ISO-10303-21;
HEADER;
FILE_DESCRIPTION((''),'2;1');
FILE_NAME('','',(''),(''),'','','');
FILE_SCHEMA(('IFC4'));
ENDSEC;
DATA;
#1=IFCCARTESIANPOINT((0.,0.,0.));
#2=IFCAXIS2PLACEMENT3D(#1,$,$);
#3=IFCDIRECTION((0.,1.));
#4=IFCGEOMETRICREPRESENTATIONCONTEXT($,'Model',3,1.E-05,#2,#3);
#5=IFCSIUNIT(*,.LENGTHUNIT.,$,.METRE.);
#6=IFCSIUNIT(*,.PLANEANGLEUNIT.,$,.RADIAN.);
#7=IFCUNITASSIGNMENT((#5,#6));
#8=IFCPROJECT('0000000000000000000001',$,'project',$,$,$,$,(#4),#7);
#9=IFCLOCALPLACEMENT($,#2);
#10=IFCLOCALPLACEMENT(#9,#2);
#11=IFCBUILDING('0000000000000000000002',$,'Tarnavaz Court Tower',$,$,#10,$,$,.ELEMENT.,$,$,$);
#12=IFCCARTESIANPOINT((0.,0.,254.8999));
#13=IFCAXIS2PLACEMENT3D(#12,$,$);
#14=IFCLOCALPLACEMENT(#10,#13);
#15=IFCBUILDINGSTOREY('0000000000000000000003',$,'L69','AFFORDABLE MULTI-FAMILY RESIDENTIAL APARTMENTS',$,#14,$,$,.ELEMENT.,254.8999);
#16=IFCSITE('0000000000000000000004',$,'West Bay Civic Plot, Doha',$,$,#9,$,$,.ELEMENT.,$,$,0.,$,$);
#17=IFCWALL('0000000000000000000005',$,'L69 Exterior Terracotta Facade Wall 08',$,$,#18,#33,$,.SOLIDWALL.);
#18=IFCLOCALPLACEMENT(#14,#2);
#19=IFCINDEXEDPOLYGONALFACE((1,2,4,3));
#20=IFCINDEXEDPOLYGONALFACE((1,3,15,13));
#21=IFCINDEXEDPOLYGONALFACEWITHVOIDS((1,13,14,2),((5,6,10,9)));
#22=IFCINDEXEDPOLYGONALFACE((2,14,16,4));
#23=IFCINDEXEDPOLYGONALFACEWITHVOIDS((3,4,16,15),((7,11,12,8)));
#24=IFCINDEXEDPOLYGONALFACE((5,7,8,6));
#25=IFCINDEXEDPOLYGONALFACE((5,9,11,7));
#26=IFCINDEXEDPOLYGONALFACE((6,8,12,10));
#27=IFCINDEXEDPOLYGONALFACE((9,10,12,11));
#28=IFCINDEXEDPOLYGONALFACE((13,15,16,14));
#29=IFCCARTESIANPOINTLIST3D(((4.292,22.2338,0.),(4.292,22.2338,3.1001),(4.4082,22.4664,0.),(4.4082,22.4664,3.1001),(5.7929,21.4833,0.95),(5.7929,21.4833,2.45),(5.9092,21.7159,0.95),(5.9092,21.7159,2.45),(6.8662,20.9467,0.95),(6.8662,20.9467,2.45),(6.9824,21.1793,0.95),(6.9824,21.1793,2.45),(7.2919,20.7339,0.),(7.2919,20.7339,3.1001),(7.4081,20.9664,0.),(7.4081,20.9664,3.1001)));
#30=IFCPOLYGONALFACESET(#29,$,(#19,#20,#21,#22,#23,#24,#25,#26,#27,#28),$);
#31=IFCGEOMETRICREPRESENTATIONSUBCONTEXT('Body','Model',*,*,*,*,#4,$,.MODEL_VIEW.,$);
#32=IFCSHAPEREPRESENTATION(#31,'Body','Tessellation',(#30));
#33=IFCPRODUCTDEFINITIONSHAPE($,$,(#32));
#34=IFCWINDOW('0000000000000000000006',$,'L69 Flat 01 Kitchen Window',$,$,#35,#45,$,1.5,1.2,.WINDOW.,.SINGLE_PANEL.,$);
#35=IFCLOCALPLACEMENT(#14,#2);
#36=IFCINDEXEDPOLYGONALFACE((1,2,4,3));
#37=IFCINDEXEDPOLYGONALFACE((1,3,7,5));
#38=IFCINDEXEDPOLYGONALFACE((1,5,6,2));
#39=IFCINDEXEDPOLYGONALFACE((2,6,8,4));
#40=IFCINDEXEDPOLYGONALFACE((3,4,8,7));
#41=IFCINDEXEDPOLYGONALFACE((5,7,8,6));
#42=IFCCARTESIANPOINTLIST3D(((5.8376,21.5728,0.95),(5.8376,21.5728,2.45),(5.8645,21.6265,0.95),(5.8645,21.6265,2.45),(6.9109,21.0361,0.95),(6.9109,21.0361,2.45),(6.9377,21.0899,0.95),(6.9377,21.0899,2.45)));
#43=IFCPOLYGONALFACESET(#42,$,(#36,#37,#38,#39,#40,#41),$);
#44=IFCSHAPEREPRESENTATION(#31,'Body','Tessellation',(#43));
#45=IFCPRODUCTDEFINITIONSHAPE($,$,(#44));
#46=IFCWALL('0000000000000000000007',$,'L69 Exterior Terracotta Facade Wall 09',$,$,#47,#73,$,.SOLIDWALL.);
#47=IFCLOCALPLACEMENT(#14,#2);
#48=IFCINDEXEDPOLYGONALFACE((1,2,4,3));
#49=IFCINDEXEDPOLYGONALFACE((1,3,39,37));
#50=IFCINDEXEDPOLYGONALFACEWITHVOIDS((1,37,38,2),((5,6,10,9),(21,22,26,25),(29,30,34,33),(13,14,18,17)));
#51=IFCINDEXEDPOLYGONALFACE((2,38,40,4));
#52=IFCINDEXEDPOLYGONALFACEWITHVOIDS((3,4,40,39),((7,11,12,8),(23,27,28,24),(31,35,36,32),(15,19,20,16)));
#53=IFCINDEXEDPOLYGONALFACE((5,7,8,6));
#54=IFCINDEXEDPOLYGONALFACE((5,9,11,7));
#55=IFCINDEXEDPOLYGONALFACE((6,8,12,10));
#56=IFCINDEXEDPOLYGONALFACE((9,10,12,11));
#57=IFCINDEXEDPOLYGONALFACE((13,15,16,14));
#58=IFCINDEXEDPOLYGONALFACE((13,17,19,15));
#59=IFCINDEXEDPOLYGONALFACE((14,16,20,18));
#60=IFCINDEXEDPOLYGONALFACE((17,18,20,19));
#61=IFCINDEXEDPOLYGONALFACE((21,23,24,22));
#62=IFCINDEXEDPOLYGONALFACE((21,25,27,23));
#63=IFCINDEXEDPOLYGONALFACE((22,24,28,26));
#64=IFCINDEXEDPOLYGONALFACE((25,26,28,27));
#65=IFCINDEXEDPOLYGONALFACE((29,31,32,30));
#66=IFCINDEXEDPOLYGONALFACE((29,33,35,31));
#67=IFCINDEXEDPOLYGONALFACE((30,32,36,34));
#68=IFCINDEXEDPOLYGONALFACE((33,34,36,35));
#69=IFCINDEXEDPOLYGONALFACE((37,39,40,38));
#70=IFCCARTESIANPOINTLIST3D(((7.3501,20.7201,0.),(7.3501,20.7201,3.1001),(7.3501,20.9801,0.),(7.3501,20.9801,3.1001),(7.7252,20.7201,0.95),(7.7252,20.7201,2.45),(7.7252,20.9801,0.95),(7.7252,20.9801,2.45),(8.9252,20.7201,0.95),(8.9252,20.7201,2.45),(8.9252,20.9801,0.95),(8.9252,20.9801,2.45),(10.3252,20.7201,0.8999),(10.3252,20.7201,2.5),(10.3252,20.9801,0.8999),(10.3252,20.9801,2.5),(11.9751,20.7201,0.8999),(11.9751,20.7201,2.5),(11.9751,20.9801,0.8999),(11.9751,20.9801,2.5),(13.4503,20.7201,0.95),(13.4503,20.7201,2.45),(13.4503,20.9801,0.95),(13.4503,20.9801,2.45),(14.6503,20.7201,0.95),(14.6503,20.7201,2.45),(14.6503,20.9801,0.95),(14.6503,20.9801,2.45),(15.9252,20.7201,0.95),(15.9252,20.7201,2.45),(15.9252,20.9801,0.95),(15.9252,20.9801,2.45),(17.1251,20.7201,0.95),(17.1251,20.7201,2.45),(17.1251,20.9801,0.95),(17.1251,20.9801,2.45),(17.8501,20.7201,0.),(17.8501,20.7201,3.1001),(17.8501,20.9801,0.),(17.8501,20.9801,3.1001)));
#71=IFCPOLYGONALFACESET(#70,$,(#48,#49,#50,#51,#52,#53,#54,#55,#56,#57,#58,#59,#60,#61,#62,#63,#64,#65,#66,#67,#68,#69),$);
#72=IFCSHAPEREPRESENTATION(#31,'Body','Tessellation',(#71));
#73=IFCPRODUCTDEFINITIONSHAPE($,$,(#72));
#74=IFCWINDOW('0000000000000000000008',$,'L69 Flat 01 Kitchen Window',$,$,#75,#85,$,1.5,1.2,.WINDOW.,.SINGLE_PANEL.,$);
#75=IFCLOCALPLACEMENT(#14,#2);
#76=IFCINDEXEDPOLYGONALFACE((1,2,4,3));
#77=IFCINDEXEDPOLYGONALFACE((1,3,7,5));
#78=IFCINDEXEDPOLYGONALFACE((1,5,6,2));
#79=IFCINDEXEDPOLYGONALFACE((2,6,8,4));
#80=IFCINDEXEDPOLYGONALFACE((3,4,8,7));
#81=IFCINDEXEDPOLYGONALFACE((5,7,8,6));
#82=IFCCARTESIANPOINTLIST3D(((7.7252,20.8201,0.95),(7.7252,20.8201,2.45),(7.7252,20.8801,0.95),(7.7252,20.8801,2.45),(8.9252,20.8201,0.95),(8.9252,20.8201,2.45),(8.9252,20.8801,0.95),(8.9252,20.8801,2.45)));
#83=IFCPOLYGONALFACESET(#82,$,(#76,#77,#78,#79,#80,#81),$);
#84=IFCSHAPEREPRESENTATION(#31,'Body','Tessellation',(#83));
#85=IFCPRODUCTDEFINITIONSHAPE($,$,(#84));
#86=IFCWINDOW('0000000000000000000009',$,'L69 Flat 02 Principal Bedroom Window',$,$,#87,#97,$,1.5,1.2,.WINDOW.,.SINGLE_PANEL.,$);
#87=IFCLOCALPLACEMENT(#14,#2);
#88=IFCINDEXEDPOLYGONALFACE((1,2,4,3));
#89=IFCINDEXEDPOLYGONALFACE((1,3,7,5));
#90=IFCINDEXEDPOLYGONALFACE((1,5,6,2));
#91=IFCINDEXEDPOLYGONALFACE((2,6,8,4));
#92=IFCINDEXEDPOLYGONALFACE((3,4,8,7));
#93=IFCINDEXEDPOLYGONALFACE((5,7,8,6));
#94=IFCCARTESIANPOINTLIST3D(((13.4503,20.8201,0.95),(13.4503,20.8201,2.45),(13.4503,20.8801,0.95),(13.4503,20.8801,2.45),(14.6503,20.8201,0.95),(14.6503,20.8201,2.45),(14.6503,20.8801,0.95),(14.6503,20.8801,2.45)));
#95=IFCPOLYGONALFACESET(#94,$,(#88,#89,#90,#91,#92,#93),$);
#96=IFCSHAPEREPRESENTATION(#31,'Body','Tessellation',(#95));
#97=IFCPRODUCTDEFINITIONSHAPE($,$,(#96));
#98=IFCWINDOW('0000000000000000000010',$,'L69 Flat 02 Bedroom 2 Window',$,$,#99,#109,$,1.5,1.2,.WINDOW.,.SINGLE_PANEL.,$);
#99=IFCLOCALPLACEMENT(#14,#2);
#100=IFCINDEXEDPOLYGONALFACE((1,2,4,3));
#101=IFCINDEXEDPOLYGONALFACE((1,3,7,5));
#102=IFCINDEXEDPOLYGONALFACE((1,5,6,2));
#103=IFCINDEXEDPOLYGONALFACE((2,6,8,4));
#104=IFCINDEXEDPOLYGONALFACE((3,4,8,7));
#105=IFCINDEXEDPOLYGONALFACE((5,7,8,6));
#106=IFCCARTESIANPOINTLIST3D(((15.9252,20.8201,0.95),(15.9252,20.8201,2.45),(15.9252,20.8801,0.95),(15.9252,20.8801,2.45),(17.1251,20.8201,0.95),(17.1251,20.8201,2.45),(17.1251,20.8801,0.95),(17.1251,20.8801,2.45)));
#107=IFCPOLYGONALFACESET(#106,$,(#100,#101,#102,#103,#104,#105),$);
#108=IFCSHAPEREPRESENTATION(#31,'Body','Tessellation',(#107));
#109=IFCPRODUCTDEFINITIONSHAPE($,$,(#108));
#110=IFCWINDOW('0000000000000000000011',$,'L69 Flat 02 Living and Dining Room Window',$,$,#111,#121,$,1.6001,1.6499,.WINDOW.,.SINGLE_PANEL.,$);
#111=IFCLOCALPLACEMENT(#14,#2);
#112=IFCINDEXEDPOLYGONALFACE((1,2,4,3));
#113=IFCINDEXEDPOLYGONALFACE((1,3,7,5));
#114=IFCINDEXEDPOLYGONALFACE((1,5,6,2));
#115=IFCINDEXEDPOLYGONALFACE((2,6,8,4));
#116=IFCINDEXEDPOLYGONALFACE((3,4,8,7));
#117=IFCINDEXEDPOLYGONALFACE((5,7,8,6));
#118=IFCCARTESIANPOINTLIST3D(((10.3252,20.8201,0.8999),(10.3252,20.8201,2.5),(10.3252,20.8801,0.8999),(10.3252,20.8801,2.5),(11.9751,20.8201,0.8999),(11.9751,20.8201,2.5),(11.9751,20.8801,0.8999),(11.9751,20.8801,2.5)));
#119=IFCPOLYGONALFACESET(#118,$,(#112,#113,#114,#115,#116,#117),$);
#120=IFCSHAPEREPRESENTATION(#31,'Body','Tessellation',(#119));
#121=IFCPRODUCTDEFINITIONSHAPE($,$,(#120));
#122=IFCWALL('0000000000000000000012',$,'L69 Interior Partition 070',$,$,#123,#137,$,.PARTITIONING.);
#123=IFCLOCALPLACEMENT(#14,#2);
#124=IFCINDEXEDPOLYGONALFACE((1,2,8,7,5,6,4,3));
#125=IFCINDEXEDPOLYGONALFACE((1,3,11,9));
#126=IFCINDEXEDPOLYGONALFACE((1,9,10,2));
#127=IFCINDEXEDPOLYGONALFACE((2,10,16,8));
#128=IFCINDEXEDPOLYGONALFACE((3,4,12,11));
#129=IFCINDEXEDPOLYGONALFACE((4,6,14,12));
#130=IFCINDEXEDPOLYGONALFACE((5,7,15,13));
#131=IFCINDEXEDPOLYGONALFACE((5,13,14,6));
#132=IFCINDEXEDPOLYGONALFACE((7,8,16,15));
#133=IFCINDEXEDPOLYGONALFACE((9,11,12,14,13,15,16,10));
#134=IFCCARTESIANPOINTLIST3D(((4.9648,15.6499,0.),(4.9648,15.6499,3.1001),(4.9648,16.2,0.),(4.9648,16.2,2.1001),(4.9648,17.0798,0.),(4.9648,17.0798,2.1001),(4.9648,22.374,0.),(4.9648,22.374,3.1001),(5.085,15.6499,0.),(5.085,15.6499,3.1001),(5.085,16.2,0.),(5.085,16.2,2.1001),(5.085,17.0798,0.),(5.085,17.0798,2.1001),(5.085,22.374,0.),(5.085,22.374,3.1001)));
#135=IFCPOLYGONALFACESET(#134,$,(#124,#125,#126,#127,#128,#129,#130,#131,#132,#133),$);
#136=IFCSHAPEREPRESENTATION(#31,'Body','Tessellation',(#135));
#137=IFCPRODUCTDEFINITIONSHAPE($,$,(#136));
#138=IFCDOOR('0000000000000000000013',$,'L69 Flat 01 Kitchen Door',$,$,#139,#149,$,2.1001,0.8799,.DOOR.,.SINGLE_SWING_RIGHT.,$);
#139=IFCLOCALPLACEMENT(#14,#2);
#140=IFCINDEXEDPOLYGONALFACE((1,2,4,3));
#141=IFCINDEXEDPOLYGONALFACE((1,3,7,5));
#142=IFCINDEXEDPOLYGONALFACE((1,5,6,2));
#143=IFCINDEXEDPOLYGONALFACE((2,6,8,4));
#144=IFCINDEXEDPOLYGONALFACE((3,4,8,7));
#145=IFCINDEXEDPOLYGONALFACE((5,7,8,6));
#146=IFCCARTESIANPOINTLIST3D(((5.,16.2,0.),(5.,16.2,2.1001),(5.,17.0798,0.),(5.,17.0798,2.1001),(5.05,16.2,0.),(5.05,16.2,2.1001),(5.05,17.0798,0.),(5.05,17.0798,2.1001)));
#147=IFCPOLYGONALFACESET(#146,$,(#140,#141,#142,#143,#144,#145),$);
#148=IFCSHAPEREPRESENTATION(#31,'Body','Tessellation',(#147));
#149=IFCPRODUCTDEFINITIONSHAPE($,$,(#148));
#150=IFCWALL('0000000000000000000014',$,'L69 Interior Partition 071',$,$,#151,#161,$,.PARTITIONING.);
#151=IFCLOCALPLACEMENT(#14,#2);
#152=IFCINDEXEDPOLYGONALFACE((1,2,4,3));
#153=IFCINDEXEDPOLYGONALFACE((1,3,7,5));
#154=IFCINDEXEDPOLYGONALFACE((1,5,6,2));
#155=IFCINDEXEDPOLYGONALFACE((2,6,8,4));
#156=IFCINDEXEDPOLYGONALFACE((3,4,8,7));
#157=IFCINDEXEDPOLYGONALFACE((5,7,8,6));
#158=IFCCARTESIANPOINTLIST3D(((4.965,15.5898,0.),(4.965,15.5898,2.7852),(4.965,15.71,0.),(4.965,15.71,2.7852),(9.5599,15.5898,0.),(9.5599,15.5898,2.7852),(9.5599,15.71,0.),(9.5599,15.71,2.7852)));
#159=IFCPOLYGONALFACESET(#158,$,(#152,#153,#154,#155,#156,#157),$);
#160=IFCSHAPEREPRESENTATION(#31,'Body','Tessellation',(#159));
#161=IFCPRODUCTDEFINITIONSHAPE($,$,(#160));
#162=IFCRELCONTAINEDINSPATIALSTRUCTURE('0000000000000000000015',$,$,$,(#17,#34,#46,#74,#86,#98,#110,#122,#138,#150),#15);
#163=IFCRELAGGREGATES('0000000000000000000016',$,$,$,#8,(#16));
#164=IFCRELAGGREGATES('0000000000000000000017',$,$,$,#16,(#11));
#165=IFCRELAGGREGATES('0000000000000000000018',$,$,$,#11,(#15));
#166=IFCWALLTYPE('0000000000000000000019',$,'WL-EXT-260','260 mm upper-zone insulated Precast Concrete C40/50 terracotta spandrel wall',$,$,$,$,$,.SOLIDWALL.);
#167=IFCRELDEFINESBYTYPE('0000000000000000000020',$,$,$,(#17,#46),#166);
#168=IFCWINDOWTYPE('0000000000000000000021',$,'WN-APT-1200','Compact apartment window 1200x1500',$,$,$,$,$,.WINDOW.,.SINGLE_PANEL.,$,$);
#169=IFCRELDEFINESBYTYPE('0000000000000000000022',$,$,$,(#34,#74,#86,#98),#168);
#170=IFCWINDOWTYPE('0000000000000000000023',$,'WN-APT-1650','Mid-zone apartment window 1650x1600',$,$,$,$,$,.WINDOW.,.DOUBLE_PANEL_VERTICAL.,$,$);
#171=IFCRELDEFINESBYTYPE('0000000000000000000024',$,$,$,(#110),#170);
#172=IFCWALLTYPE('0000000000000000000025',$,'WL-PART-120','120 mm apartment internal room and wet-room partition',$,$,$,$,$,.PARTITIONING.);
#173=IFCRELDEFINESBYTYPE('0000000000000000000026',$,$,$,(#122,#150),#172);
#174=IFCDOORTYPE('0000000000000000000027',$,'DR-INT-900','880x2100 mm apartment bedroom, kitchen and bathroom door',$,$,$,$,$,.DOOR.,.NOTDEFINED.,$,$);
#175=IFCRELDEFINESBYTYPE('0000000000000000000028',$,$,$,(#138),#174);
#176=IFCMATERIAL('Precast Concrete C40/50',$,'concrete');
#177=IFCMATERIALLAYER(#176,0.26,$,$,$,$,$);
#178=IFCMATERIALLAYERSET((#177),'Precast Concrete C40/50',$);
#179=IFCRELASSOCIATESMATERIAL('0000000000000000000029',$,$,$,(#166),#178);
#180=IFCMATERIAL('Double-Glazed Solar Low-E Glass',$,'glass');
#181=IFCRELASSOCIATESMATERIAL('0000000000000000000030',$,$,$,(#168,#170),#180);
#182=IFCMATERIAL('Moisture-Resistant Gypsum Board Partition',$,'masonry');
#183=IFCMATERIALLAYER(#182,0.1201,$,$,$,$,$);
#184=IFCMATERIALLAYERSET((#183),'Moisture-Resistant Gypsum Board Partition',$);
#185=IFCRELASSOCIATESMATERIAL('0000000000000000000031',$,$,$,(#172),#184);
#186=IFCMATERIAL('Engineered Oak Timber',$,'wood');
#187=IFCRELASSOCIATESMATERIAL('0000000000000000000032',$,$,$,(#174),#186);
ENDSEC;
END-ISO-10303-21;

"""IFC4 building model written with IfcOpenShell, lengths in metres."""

from ifc_helpers import new_model, si_unit, direction, frame, frame_2d, origin, place, context, subcontext, project, spatial, rectangle, extrude, material, layer, layer_set, type_object, element, fill, save


model = new_model("IFC4")

# Units and contexts
model_context = context("Model", 3, precision=1e-05, world=origin(), true_north=direction((0.0, 1.0)))
body_context = subcontext(model_context, "Body", "Model", "MODEL_VIEW")
ifc_project = project(units=[si_unit("LENGTHUNIT", "METRE"), si_unit("PLANEANGLEUNIT", "RADIAN")], contexts=[model_context])

# Site, building, storey
site_placement = place(None, origin())
site = spatial("IfcSite", under=ifc_project, at=site_placement, Name="West Bay Civic Plot, Doha", CompositionType="ELEMENT", RefElevation=0.0)
building_placement = place(site_placement, origin())
building = spatial("IfcBuilding", under=site, at=building_placement, Name="Tarnavaz Court Tower", CompositionType="ELEMENT")
storey_placement = place(building_placement, frame((0.0, 0.0, 254.8999)))
storey = spatial("IfcBuildingStorey", under=building, at=storey_placement, Name="L69", Description="AFFORDABLE MULTI-FAMILY RESIDENTIAL APARTMENTS", CompositionType="ELEMENT", Elevation=254.8999)

# Shared definitions
ifc_material_1 = material(Name="Double-Glazed Solar Low-E Glass", Category="glass")

# Wall, opening, window
ifc_material_2 = material(Name="Precast Concrete C40/50", Category="concrete")
ifc_layer_1 = layer(ifc_material_2, 0.26)
ifc_layer_set_1 = layer_set([ifc_layer_1], Name="Precast Concrete C40/50")
wall_type_1 = type_object("IfcWallType", Name="WL-EXT-260", Description="260 mm upper-zone insulated Precast Concrete C40/50 terracotta spandrel wall", PredefinedType="SOLIDWALL", material=ifc_layer_set_1)
wall_1_placement = place(storey_placement, frame((4.3501, 22.3501, 0.0), z_axis=(0.0, 0.0, 1.0), x_axis=(0.894427, -0.447214, 0.0)))
wall_1 = element("IfcWall", 1, at=wall_1_placement, inside=storey, type_object=wall_type_1, Name="L69 Exterior Terracotta Facade Wall 08", PredefinedType="SOLIDWALL", context=body_context, shape_type="SweptSolid", body=[
    extrude(rectangle(XDim=3.354, YDim=0.26, at=frame_2d((1.677, 0.0))), origin(), (0.0, 0.0, 1.0), 3.1001),
])
opening_1_placement = place(wall_1_placement, frame((1.678, 0.0, 0.95)))
opening_1 = element("IfcOpeningElement", 2, at=opening_1_placement, cuts=wall_1, PredefinedType="OPENING", context=body_context, shape_type="SweptSolid", body=[
    extrude(rectangle(XDim=1.2, YDim=1.5, at=frame_2d((0.6001, 0.75))), frame((0.0, 0.1399, 0.0), z_axis=(0.0, -1.0, 0.0), x_axis=(1.0, 0.0, 0.0)), (0.0, 0.0, 1.0), 0.28),
])
window_type_1 = type_object("IfcWindowType", Name="WN-APT-1200", Description="Compact apartment window 1200x1500", PartitioningType="SINGLE_PANEL", PredefinedType="WINDOW", material=ifc_material_1)
window_1_placement = place(opening_1_placement, origin())
window_1 = element("IfcWindow", 3, at=window_1_placement, inside=storey, type_object=window_type_1, Name="L69 Flat 01 Kitchen Window", OverallHeight=1.5, OverallWidth=1.2, PartitioningType="SINGLE_PANEL", PredefinedType="WINDOW", context=body_context, shape_type="SweptSolid", body=[
    extrude(rectangle(XDim=1.2, YDim=1.5, at=frame_2d((0.6001, 0.75))), frame((0.0, 0.03, 0.0), z_axis=(0.0, -1.0, 0.0), x_axis=(1.0, 0.0, 0.0)), (0.0, 0.0, 1.0), 0.0601),
])
fill(opening_1, window_1)

# Wall, openings, windows
wall_2_placement = place(storey_placement, frame((7.3501, 20.8501, 0.0), z_axis=(0.0, 0.0, 1.0), x_axis=(1.0, 0.0, 0.0)))
wall_2 = element("IfcWall", 4, at=wall_2_placement, inside=storey, type_object=wall_type_1, Name="L69 Exterior Terracotta Facade Wall 09", PredefinedType="SOLIDWALL", context=body_context, shape_type="SweptSolid", body=[
    extrude(rectangle(XDim=10.5, YDim=0.26, at=frame_2d((5.25, 0.0))), origin(), (0.0, 0.0, 1.0), 3.1001),
])
opening_2_placement = place(wall_2_placement, frame((0.375, 0.0, 0.95)))
opening_2 = element("IfcOpeningElement", 5, at=opening_2_placement, cuts=wall_2, PredefinedType="OPENING", context=body_context, shape_type="SweptSolid", body=[
    extrude(rectangle(XDim=1.2, YDim=1.5, at=frame_2d((0.6001, 0.75))), frame((0.0, 0.1399, 0.0), z_axis=(0.0, -1.0, 0.0), x_axis=(1.0, 0.0, 0.0)), (0.0, 0.0, 1.0), 0.28),
])
opening_3_placement = place(wall_2_placement, frame((2.9751, 0.0, 0.8999)))
opening_3 = element("IfcOpeningElement", 6, at=opening_3_placement, cuts=wall_2, PredefinedType="OPENING", context=body_context, shape_type="SweptSolid", body=[
    extrude(rectangle(XDim=1.6499, YDim=1.6001, at=frame_2d((0.825, 0.8))), frame((0.0, 0.1399, 0.0), z_axis=(0.0, -1.0, 0.0), x_axis=(1.0, 0.0, 0.0)), (0.0, 0.0, 1.0), 0.28),
])
opening_4_placement = place(wall_2_placement, frame((6.1001, 0.0, 0.95)))
opening_4 = element("IfcOpeningElement", 7, at=opening_4_placement, cuts=wall_2, PredefinedType="OPENING", context=body_context, shape_type="SweptSolid", body=[
    extrude(rectangle(XDim=1.2, YDim=1.5, at=frame_2d((0.6001, 0.75))), frame((0.0, 0.1399, 0.0), z_axis=(0.0, -1.0, 0.0), x_axis=(1.0, 0.0, 0.0)), (0.0, 0.0, 1.0), 0.28),
])
opening_5_placement = place(wall_2_placement, frame((8.575, 0.0, 0.95)))
opening_5 = element("IfcOpeningElement", 8, at=opening_5_placement, cuts=wall_2, PredefinedType="OPENING", context=body_context, shape_type="SweptSolid", body=[
    extrude(rectangle(XDim=1.2, YDim=1.5, at=frame_2d((0.6001, 0.75))), frame((0.0, 0.1399, 0.0), z_axis=(0.0, -1.0, 0.0), x_axis=(1.0, 0.0, 0.0)), (0.0, 0.0, 1.0), 0.28),
])
window_2_placement = place(opening_2_placement, origin())
window_2 = element("IfcWindow", 9, at=window_2_placement, inside=storey, type_object=window_type_1, Name="L69 Flat 01 Kitchen Window", OverallHeight=1.5, OverallWidth=1.2, PartitioningType="SINGLE_PANEL", PredefinedType="WINDOW", context=body_context, shape_type="SweptSolid", body=[
    extrude(rectangle(XDim=1.2, YDim=1.5, at=frame_2d((0.6001, 0.75))), frame((0.0, 0.03, 0.0), z_axis=(0.0, -1.0, 0.0), x_axis=(1.0, 0.0, 0.0)), (0.0, 0.0, 1.0), 0.0601),
])
fill(opening_2, window_2)
window_3_placement = place(opening_4_placement, origin())
window_3 = element("IfcWindow", 10, at=window_3_placement, inside=storey, type_object=window_type_1, Name="L69 Flat 02 Principal Bedroom Window", OverallHeight=1.5, OverallWidth=1.2, PartitioningType="SINGLE_PANEL", PredefinedType="WINDOW", context=body_context, shape_type="SweptSolid", body=[
    extrude(rectangle(XDim=1.2, YDim=1.5, at=frame_2d((0.6001, 0.75))), frame((0.0, 0.03, 0.0), z_axis=(0.0, -1.0, 0.0), x_axis=(1.0, 0.0, 0.0)), (0.0, 0.0, 1.0), 0.0601),
])
fill(opening_4, window_3)
window_4_placement = place(opening_5_placement, origin())
window_4 = element("IfcWindow", 11, at=window_4_placement, inside=storey, type_object=window_type_1, Name="L69 Flat 02 Bedroom 2 Window", OverallHeight=1.5, OverallWidth=1.2, PartitioningType="SINGLE_PANEL", PredefinedType="WINDOW", context=body_context, shape_type="SweptSolid", body=[
    extrude(rectangle(XDim=1.2, YDim=1.5, at=frame_2d((0.6001, 0.75))), frame((0.0, 0.03, 0.0), z_axis=(0.0, -1.0, 0.0), x_axis=(1.0, 0.0, 0.0)), (0.0, 0.0, 1.0), 0.0601),
])
fill(opening_5, window_4)
window_type_2 = type_object("IfcWindowType", Name="WN-APT-1650", Description="Mid-zone apartment window 1650x1600", PartitioningType="DOUBLE_PANEL_VERTICAL", PredefinedType="WINDOW", material=ifc_material_1)
window_5_placement = place(opening_3_placement, origin())
window_5 = element("IfcWindow", 12, at=window_5_placement, inside=storey, type_object=window_type_2, Name="L69 Flat 02 Living and Dining Room Window", OverallHeight=1.6001, OverallWidth=1.6499, PartitioningType="SINGLE_PANEL", PredefinedType="WINDOW", context=body_context, shape_type="SweptSolid", body=[
    extrude(rectangle(XDim=1.6499, YDim=1.6001, at=frame_2d((0.825, 0.8))), frame((0.0, 0.03, 0.0), z_axis=(0.0, -1.0, 0.0), x_axis=(1.0, 0.0, 0.0)), (0.0, 0.0, 1.0), 0.0601),
])
fill(opening_3, window_5)

# Wall, opening, door
ifc_material_3 = material(Name="Moisture-Resistant Gypsum Board Partition", Category="masonry")
ifc_layer_2 = layer(ifc_material_3, 0.1201)
ifc_layer_set_2 = layer_set([ifc_layer_2], Name="Moisture-Resistant Gypsum Board Partition")
wall_type_2 = type_object("IfcWallType", Name="WL-PART-120", Description="120 mm apartment internal room and wet-room partition", PredefinedType="PARTITIONING", material=ifc_layer_set_2)
wall_3_placement = place(storey_placement, frame((5.0249, 15.6499, 0.0), z_axis=(0.0, 0.0, 1.0), x_axis=(0.0, 1.0, 0.0)))
wall_3 = element("IfcWall", 13, at=wall_3_placement, inside=storey, type_object=wall_type_2, Name="L69 Interior Partition 070", PredefinedType="PARTITIONING", context=body_context, shape_type="SweptSolid", body=[
    extrude(rectangle(XDim=6.7241, YDim=0.1201, at=frame_2d((3.3621, 0.0))), origin(), (0.0, 0.0, 1.0), 3.1001),
])
opening_6_placement = place(wall_3_placement, frame((0.55, 0.0, 0.0)))
opening_6 = element("IfcOpeningElement", 14, at=opening_6_placement, cuts=wall_3, PredefinedType="OPENING", context=body_context, shape_type="SweptSolid", body=[
    extrude(rectangle(XDim=0.8799, YDim=2.1001, at=frame_2d((0.4399, 1.05))), frame((0.0, 0.0701, 0.0), z_axis=(0.0, -1.0, 0.0), x_axis=(1.0, 0.0, 0.0)), (0.0, 0.0, 1.0), 0.1401),
])
ifc_material_4 = material(Name="Engineered Oak Timber", Category="wood")
door_type = type_object("IfcDoorType", Name="DR-INT-900", Description="880x2100 mm apartment bedroom, kitchen and bathroom door", OperationType="NOTDEFINED", PredefinedType="DOOR", material=ifc_material_4)
door_placement = place(opening_6_placement, origin())
door = element("IfcDoor", 15, at=door_placement, inside=storey, type_object=door_type, Name="L69 Flat 01 Kitchen Door", OperationType="SINGLE_SWING_RIGHT", OverallHeight=2.1001, OverallWidth=0.8799, PredefinedType="DOOR", context=body_context, shape_type="SweptSolid", body=[
    extrude(rectangle(XDim=0.8799, YDim=2.1001, at=frame_2d((0.4399, 1.05))), frame((0.0, 0.0249, 0.0), z_axis=(0.0, -1.0, 0.0), x_axis=(1.0, 0.0, 0.0)), (0.0, 0.0, 1.0), 0.05),
])
fill(opening_6, door)

# Wall
wall_4_placement = place(storey_placement, frame((4.9651, 15.6499, 0.0), z_axis=(0.0, 0.0, 1.0), x_axis=(1.0, 0.0, 0.0)))
element("IfcWall", 16, at=wall_4_placement, inside=storey, type_object=wall_type_2, Name="L69 Interior Partition 071", PredefinedType="PARTITIONING", context=body_context, shape_type="SweptSolid", body=[
    extrude(rectangle(XDim=4.595, YDim=0.1201, at=frame_2d((2.2974, 0.0))), origin(), (0.0, 0.0, 1.0), 2.7852),
])

save(model, "model.ifc")
